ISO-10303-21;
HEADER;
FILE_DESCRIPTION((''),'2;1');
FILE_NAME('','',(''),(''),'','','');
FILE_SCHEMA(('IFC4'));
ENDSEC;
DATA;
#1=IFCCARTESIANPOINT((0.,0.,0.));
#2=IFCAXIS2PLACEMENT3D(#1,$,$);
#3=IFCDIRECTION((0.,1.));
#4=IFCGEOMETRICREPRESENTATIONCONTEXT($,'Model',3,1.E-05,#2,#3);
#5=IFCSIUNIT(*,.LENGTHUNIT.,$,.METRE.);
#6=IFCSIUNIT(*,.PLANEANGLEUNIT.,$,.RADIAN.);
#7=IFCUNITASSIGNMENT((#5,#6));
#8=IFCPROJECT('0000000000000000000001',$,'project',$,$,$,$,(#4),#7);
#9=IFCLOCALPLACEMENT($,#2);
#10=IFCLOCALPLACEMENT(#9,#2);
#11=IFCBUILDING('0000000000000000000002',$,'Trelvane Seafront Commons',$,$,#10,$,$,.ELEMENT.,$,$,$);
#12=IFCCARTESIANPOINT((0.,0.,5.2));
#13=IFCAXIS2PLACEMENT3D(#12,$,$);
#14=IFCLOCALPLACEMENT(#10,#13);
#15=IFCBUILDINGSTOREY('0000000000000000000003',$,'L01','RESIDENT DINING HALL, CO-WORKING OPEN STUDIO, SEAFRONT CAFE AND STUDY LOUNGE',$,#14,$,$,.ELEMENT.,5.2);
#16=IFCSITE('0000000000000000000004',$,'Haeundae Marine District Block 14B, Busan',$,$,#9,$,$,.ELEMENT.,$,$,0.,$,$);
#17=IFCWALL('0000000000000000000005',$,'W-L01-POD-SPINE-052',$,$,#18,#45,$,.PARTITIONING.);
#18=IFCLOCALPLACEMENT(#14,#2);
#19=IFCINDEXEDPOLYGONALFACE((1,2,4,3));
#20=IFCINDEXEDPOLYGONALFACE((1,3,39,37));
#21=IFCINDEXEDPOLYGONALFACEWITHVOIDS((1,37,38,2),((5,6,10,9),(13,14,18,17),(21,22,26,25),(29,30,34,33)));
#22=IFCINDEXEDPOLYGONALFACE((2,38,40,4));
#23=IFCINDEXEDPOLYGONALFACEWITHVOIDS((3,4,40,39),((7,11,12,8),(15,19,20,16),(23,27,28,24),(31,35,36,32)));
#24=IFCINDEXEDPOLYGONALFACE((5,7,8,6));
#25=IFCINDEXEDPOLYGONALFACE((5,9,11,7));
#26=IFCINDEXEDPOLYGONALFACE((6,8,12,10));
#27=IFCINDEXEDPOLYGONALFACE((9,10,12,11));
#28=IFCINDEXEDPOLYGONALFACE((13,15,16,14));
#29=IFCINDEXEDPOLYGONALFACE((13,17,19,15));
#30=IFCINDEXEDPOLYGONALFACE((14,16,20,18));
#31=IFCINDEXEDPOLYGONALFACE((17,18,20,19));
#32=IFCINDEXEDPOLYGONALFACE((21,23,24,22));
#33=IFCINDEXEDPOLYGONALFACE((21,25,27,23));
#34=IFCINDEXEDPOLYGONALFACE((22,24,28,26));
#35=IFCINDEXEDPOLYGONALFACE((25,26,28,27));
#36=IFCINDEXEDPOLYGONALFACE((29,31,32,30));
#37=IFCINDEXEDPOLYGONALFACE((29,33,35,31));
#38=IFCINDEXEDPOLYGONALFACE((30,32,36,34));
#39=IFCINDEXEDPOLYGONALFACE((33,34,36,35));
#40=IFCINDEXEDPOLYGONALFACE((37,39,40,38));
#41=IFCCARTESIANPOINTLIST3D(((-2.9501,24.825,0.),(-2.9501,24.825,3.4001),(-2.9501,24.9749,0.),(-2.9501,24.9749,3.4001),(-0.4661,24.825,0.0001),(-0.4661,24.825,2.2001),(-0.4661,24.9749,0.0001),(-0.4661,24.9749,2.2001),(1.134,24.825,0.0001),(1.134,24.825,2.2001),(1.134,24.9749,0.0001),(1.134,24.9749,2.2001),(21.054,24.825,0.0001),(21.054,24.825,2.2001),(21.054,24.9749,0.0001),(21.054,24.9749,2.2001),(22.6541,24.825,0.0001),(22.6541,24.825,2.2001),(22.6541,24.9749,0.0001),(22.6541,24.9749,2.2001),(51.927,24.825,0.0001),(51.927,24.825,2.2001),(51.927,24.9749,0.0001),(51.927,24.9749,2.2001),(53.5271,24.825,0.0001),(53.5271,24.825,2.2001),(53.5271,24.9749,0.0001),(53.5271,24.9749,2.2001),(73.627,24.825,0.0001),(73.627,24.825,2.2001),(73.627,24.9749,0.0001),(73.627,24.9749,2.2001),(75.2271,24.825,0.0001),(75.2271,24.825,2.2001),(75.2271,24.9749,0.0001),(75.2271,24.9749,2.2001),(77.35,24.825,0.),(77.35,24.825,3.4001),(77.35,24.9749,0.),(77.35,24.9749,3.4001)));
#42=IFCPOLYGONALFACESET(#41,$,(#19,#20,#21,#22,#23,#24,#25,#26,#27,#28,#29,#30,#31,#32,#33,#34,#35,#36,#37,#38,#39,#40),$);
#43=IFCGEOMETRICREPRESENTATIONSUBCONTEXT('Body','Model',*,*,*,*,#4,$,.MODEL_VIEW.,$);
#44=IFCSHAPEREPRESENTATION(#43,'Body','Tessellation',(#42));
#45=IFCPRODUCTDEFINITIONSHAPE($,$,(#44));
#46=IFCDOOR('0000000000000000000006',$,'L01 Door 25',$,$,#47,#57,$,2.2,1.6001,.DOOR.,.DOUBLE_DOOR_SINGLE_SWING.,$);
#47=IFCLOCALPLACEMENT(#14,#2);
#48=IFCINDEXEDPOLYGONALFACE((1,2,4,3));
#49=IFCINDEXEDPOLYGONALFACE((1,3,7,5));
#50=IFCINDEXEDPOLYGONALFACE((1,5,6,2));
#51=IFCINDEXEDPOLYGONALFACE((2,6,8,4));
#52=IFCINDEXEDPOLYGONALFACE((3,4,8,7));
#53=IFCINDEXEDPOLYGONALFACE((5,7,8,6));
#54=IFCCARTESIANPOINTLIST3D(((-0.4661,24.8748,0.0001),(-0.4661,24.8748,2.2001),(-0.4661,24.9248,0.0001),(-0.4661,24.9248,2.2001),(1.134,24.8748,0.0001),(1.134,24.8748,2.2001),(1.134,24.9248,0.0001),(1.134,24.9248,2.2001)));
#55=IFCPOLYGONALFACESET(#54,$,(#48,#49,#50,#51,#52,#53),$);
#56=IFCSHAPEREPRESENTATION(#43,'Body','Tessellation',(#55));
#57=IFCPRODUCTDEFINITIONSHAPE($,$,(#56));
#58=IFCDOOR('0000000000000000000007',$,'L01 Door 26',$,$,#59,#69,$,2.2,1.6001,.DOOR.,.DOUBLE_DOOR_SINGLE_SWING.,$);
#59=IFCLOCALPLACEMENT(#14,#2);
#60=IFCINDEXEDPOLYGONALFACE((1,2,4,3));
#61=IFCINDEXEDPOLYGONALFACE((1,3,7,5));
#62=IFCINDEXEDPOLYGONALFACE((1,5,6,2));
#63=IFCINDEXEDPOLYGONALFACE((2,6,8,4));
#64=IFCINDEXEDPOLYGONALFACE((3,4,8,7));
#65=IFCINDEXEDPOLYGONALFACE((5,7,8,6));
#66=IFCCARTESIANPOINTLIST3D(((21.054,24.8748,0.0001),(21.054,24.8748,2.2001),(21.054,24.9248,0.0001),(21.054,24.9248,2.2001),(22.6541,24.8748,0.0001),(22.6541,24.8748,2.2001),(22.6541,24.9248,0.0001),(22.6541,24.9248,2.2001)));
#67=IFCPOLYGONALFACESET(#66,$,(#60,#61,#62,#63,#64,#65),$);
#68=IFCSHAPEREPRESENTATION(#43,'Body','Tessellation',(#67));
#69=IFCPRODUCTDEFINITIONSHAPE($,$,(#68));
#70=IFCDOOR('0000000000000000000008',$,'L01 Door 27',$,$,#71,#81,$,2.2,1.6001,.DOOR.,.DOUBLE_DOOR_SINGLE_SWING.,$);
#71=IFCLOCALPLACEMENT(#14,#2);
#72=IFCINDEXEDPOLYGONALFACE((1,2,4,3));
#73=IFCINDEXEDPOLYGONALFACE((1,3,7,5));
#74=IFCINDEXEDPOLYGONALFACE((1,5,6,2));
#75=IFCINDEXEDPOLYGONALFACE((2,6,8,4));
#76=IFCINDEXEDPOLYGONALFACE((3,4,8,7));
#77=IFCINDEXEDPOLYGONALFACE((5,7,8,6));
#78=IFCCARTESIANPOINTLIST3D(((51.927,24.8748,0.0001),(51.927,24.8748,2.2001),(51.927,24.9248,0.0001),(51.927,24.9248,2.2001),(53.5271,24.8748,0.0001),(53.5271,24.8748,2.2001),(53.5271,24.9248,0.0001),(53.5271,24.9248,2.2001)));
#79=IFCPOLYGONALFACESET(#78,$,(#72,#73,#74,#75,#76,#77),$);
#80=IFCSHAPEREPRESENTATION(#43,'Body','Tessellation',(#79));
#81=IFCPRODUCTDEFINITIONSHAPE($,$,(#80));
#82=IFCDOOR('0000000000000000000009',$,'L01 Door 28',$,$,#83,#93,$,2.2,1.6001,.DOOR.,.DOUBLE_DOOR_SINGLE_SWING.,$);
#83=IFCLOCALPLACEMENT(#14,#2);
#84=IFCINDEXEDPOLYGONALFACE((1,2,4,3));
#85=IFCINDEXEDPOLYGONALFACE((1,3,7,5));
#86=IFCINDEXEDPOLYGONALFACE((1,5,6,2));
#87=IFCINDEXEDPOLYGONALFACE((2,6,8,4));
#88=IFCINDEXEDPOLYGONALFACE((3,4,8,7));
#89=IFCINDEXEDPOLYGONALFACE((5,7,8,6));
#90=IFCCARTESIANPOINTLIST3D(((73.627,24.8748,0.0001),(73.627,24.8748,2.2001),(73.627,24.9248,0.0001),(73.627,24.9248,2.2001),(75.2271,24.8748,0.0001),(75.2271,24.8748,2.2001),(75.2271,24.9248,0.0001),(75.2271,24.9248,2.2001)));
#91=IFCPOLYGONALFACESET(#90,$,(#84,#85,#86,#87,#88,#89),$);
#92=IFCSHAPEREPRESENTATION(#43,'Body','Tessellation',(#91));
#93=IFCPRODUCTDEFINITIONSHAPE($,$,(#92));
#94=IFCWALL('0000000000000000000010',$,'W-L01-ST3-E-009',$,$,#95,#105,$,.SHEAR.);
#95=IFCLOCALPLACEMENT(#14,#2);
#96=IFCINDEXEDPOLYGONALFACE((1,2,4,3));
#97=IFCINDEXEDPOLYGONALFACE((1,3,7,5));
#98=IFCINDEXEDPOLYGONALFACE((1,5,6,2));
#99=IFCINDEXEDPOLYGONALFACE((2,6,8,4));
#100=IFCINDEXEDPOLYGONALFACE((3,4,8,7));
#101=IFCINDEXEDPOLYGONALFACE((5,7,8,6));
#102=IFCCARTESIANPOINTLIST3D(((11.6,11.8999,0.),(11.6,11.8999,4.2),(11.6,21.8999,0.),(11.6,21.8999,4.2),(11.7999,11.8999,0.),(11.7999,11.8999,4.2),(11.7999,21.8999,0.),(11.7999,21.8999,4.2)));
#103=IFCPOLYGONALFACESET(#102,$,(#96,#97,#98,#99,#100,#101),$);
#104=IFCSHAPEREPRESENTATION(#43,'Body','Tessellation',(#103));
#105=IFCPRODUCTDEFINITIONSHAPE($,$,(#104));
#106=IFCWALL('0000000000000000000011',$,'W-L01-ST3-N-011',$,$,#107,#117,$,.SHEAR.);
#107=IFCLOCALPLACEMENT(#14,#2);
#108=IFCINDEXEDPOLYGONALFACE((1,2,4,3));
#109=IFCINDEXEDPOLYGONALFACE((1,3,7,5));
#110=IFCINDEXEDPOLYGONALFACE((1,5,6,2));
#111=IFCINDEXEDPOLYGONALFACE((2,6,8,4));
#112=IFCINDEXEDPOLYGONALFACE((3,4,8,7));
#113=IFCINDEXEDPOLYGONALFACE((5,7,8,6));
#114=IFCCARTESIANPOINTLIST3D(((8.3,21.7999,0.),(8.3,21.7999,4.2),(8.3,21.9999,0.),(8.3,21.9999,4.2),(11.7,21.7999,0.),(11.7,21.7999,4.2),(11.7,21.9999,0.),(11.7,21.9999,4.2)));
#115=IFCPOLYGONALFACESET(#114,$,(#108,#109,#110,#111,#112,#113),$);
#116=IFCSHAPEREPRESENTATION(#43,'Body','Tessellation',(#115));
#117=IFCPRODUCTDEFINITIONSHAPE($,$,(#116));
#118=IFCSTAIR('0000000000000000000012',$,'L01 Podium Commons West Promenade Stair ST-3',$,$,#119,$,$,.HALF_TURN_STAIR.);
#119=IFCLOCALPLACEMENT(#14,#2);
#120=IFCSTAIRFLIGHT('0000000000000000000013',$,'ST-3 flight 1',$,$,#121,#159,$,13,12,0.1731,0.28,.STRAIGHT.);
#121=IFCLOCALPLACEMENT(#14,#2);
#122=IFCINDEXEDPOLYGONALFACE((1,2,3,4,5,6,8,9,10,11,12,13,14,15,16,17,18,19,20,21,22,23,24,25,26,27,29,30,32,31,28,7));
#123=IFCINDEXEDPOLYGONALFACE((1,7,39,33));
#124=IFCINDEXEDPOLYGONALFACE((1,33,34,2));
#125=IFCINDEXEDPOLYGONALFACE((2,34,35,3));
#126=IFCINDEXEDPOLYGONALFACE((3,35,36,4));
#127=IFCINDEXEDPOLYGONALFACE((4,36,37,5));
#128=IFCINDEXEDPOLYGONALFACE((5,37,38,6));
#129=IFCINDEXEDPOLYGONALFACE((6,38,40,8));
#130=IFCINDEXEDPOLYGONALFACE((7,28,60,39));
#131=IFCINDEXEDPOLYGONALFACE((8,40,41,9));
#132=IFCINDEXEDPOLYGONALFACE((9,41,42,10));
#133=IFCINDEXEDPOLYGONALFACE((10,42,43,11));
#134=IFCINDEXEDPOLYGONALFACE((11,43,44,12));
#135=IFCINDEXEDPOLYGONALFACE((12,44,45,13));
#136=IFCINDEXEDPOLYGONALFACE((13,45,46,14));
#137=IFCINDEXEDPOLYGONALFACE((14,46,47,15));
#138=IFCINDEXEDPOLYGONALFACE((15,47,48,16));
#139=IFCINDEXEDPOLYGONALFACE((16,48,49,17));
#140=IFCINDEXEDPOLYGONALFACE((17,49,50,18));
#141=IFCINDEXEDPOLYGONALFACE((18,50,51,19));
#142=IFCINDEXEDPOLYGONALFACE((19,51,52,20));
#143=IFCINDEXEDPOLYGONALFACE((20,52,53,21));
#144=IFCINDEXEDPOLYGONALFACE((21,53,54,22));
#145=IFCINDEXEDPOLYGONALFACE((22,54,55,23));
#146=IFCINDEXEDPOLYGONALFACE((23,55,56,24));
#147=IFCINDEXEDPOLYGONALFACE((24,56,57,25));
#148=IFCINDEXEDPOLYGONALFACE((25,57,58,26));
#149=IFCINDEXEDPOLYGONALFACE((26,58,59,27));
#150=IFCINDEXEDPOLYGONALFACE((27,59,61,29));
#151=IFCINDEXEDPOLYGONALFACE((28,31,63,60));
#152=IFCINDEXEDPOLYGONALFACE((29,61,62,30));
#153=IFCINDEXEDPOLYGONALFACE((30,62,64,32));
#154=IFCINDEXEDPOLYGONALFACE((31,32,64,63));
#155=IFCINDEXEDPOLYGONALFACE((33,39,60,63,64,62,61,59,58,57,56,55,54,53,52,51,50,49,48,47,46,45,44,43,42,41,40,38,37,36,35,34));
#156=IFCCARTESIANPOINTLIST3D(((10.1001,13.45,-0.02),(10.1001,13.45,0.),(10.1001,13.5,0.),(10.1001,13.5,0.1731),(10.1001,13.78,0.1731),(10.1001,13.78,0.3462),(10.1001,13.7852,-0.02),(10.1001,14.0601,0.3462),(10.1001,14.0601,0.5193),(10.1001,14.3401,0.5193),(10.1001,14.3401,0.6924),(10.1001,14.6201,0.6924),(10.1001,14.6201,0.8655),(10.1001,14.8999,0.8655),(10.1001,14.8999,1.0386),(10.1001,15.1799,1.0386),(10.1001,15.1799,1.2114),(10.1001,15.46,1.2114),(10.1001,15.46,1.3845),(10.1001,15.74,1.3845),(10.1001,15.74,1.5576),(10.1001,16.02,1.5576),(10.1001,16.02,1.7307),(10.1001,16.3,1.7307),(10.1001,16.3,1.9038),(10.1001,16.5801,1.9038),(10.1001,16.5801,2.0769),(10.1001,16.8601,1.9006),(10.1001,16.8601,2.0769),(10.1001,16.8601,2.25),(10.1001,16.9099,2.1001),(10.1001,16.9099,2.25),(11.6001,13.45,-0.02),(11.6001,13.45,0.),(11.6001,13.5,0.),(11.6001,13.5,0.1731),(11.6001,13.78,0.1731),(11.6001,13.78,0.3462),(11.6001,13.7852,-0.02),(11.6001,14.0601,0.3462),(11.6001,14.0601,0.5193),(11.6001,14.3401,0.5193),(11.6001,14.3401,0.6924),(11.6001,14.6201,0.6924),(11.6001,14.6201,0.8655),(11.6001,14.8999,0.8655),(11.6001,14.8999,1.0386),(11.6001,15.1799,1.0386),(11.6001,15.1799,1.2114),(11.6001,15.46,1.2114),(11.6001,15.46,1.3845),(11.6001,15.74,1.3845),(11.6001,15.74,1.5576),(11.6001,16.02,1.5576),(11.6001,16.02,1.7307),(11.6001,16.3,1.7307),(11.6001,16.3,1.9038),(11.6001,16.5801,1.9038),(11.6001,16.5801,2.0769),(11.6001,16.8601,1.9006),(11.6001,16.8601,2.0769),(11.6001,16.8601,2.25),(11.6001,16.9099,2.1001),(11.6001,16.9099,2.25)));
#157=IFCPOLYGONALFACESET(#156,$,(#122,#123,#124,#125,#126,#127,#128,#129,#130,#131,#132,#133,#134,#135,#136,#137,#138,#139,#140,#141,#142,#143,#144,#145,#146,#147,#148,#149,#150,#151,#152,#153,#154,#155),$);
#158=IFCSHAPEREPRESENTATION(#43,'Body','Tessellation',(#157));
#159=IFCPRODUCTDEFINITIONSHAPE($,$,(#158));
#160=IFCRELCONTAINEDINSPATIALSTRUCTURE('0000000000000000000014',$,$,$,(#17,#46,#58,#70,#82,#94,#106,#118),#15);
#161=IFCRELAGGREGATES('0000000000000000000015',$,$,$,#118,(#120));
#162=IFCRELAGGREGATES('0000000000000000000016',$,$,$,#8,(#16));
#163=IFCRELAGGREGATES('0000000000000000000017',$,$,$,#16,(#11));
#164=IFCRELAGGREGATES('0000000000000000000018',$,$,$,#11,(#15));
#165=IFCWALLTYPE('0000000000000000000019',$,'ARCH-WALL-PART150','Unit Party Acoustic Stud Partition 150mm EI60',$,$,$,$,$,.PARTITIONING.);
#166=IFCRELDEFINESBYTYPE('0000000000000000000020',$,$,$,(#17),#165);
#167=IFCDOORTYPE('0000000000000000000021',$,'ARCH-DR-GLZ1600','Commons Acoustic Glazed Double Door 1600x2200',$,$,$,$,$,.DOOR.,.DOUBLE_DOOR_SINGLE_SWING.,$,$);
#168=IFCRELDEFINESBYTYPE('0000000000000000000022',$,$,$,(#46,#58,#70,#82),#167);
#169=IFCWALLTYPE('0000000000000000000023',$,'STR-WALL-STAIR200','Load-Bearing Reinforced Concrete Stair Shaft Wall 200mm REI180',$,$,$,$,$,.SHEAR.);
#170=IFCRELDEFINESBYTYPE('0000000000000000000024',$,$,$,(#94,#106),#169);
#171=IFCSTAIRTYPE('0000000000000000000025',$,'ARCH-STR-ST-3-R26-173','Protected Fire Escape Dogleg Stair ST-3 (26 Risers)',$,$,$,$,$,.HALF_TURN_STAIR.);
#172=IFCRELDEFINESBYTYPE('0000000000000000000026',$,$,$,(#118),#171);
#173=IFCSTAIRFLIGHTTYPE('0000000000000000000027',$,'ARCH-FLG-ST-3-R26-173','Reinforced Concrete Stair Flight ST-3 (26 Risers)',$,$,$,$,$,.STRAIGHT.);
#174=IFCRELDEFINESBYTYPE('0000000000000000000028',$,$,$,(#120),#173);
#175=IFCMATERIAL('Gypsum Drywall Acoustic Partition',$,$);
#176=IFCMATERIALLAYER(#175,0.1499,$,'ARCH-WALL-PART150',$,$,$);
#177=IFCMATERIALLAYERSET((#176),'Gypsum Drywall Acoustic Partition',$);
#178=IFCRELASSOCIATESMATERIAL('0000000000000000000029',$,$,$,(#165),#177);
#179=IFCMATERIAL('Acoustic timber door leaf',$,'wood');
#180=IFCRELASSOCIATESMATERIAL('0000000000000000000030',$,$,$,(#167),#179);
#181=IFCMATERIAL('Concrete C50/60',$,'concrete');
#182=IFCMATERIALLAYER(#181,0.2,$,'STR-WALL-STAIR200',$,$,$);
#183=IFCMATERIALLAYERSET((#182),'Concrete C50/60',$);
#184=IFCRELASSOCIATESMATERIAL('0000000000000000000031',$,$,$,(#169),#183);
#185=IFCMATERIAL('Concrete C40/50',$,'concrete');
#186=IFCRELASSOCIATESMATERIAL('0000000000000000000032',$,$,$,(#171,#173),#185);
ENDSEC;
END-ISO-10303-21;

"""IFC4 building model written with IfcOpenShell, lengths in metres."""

from ifc_helpers import new_model, si_unit, direction, frame, frame_2d, origin, place, context, subcontext, project, spatial, polyline, rectangle, outline, extrude, source, transform, mapped, material, layer, layer_set, type_object, element, fill, aggregate, save


model = new_model("IFC4")

# Units and contexts
model_context = context("Model", 3, precision=1e-05, world=origin(), true_north=direction((0.0, 1.0)))
body_context = subcontext(model_context, "Body", "Model", "MODEL_VIEW")
ifc_project = project(units=[si_unit("LENGTHUNIT", "METRE"), si_unit("PLANEANGLEUNIT", "RADIAN")], contexts=[model_context])

# Site, building, storey
site_placement = place(None, origin())
site = spatial("IfcSite", under=ifc_project, at=site_placement, Name="Haeundae Marine District Block 14B, Busan", CompositionType="ELEMENT", RefElevation=0.0)
building_placement = place(site_placement, origin())
building = spatial("IfcBuilding", under=site, at=building_placement, Name="Trelvane Seafront Commons", CompositionType="ELEMENT")
storey_placement = place(building_placement, frame((0.0, 0.0, 5.2)))
storey = spatial("IfcBuildingStorey", under=building, at=storey_placement, Name="L01", Description="RESIDENT DINING HALL, CO-WORKING OPEN STUDIO, SEAFRONT CAFE AND STUDY LOUNGE", CompositionType="ELEMENT", Elevation=5.2)

# Shared definitions
ifc_material_1 = material(Name="Concrete C50/60", Category="concrete")

# Wall, openings, doors
ifc_material_2 = material(Name="Gypsum Drywall Acoustic Partition")
ifc_layer_1 = layer(ifc_material_2, 0.1499, Name="ARCH-WALL-PART150")
ifc_layer_set_1 = layer_set([ifc_layer_1], Name="Gypsum Drywall Acoustic Partition")
wall_type_1 = type_object("IfcWallType", Name="ARCH-WALL-PART150", Description="Unit Party Acoustic Stud Partition 150mm EI60", PredefinedType="PARTITIONING", material=ifc_layer_set_1)
wall_1_placement = place(storey_placement, frame((-2.95, 24.8999, 0.0), z_axis=(0.0, 0.0, 1.0), x_axis=(1.0, 0.0, 0.0)))
wall_1 = element("IfcWall", 1, at=wall_1_placement, inside=storey, type_object=wall_type_1, Name="W-L01-POD-SPINE-052", PredefinedType="PARTITIONING", context=body_context, shape_type="SweptSolid", body=[
    extrude(rectangle(XDim=80.3, YDim=0.1499, at=frame_2d((40.1499, 0.0))), origin(), (0.0, 0.0, 1.0), 3.4001),
])
opening_1_placement = place(wall_1_placement, frame((2.4839, 0.0, 0.0)))
opening_1 = element("IfcOpeningElement", 2, at=opening_1_placement, cuts=wall_1, PredefinedType="OPENING", context=body_context, shape_type="SweptSolid", body=[
    extrude(rectangle(XDim=1.6001, YDim=2.2, at=frame_2d((0.8, 1.1001))), frame((0.0, 0.085, 0.0), z_axis=(0.0, -1.0, 0.0), x_axis=(1.0, 0.0, 0.0)), (0.0, 0.0, 1.0), 0.1699),
])
opening_2_placement = place(wall_1_placement, frame((24.0039, 0.0, 0.0)))
opening_2 = element("IfcOpeningElement", 3, at=opening_2_placement, cuts=wall_1, PredefinedType="OPENING", context=body_context, shape_type="SweptSolid", body=[
    extrude(rectangle(XDim=1.6001, YDim=2.2, at=frame_2d((0.8, 1.1001))), frame((0.0, 0.085, 0.0), z_axis=(0.0, -1.0, 0.0), x_axis=(1.0, 0.0, 0.0)), (0.0, 0.0, 1.0), 0.1699),
])
opening_3_placement = place(wall_1_placement, frame((54.877, 0.0, 0.0)))
opening_3 = element("IfcOpeningElement", 4, at=opening_3_placement, cuts=wall_1, PredefinedType="OPENING", context=body_context, shape_type="SweptSolid", body=[
    extrude(rectangle(XDim=1.6001, YDim=2.2, at=frame_2d((0.8, 1.1001))), frame((0.0, 0.085, 0.0), z_axis=(0.0, -1.0, 0.0), x_axis=(1.0, 0.0, 0.0)), (0.0, 0.0, 1.0), 0.1699),
])
opening_4_placement = place(wall_1_placement, frame((76.5769, 0.0, 0.0)))
opening_4 = element("IfcOpeningElement", 5, at=opening_4_placement, cuts=wall_1, PredefinedType="OPENING", context=body_context, shape_type="SweptSolid", body=[
    extrude(rectangle(XDim=1.6001, YDim=2.2, at=frame_2d((0.8, 1.1001))), frame((0.0, 0.085, 0.0), z_axis=(0.0, -1.0, 0.0), x_axis=(1.0, 0.0, 0.0)), (0.0, 0.0, 1.0), 0.1699),
])
ifc_material_3 = material(Name="Acoustic timber door leaf", Category="wood")
door_type_1 = type_object("IfcDoorType", Name="ARCH-DR-GLZ1600", Description="Commons Acoustic Glazed Double Door 1600x2200", OperationType="DOUBLE_DOOR_SINGLE_SWING", PredefinedType="DOOR", material=ifc_material_3)
shared_shape_1 = source(origin(), body_context, "Body", "SweptSolid", [
    extrude(rectangle(XDim=1.6001, YDim=2.2, at=frame_2d((0.8, 1.1001))), frame((0.0, 0.0249, 0.0), z_axis=(0.0, -1.0, 0.0), x_axis=(1.0, 0.0, 0.0)), (0.0, 0.0, 1.0), 0.05),
])
door_1_placement = place(opening_1_placement, origin())
door_1 = element("IfcDoor", 6, at=door_1_placement, inside=storey, type_object=door_type_1, Name="L01 Door 25", OperationType="DOUBLE_DOOR_SINGLE_SWING", OverallHeight=2.2, OverallWidth=1.6001, PredefinedType="DOOR", context=body_context, shape_type="MappedRepresentation", body=[
    mapped(shared_shape_1, transform((0.0, 0.0, 0.0), x_axis=(1.0, 0.0, 0.0), y_axis=(0.0, 1.0, 0.0), z_axis=(0.0, 0.0, 1.0), scale=1.0)),
])
fill(opening_1, door_1)
door_2_placement = place(opening_2_placement, origin())
door_2 = element("IfcDoor", 7, at=door_2_placement, inside=storey, type_object=door_type_1, Name="L01 Door 26", OperationType="DOUBLE_DOOR_SINGLE_SWING", OverallHeight=2.2, OverallWidth=1.6001, PredefinedType="DOOR", context=body_context, shape_type="MappedRepresentation", body=[
    mapped(shared_shape_1, transform((0.0, 0.0, 0.0), x_axis=(1.0, 0.0, 0.0), y_axis=(0.0, 1.0, 0.0), z_axis=(0.0, 0.0, 1.0), scale=1.0)),
])
fill(opening_2, door_2)
door_3_placement = place(opening_3_placement, origin())
door_3 = element("IfcDoor", 8, at=door_3_placement, inside=storey, type_object=door_type_1, Name="L01 Door 27", OperationType="DOUBLE_DOOR_SINGLE_SWING", OverallHeight=2.2, OverallWidth=1.6001, PredefinedType="DOOR", context=body_context, shape_type="MappedRepresentation", body=[
    mapped(shared_shape_1, transform((0.0, 0.0, 0.0), x_axis=(1.0, 0.0, 0.0), y_axis=(0.0, 1.0, 0.0), z_axis=(0.0, 0.0, 1.0), scale=1.0)),
])
fill(opening_3, door_3)
door_4_placement = place(opening_4_placement, origin())
door_4 = element("IfcDoor", 9, at=door_4_placement, inside=storey, type_object=door_type_1, Name="L01 Door 28", OperationType="DOUBLE_DOOR_SINGLE_SWING", OverallHeight=2.2, OverallWidth=1.6001, PredefinedType="DOOR", context=body_context, shape_type="MappedRepresentation", body=[
    mapped(shared_shape_1, transform((0.0, 0.0, 0.0), x_axis=(1.0, 0.0, 0.0), y_axis=(0.0, 1.0, 0.0), z_axis=(0.0, 0.0, 1.0), scale=1.0)),
])
fill(opening_4, door_4)

# Wall
ifc_layer_2 = layer(ifc_material_1, 0.2, Name="STR-WALL-STAIR200")
ifc_layer_set_2 = layer_set([ifc_layer_2], Name="Concrete C50/60")
wall_type_2 = type_object("IfcWallType", Name="STR-WALL-STAIR200", Description="Load-Bearing Reinforced Concrete Stair Shaft Wall 200mm REI180", PredefinedType="SHEAR", material=ifc_layer_set_2)
wall_2_placement = place(storey_placement, frame((11.7, 11.8999, 0.0), z_axis=(0.0, 0.0, 1.0), x_axis=(0.0, 1.0, 0.0)))
element("IfcWall", 10, at=wall_2_placement, inside=storey, type_object=wall_type_2, Name="W-L01-ST3-E-009", PredefinedType="SHEAR", context=body_context, shape_type="SweptSolid", body=[
    extrude(rectangle(XDim=10.0, YDim=0.2, at=frame_2d((5.0, 0.0))), origin(), (0.0, 0.0, 1.0), 4.2),
])

# Wall
wall_3_placement = place(storey_placement, frame((8.3, 21.8999, 0.0), z_axis=(0.0, 0.0, 1.0), x_axis=(1.0, 0.0, 0.0)))
element("IfcWall", 11, at=wall_3_placement, inside=storey, type_object=wall_type_2, Name="W-L01-ST3-N-011", PredefinedType="SHEAR", context=body_context, shape_type="SweptSolid", body=[
    extrude(rectangle(XDim=3.3999, YDim=0.2, at=frame_2d((1.7, 0.0))), origin(), (0.0, 0.0, 1.0), 4.2),
])

# Stair, stair flight
ifc_material_4 = material(Name="Concrete C40/50", Category="concrete")
stair_type = type_object("IfcStairType", Name="ARCH-STR-ST-3-R26-173", Description="Protected Fire Escape Dogleg Stair ST-3 (26 Risers)", PredefinedType="HALF_TURN_STAIR", material=ifc_material_4)
stair_placement = place(storey_placement, origin())
stair = element("IfcStair", 12, at=stair_placement, inside=storey, type_object=stair_type, Name="L01 Podium Commons West Promenade Stair ST-3", PredefinedType="HALF_TURN_STAIR")
stair_flight_type = type_object("IfcStairFlightType", Name="ARCH-FLG-ST-3-R26-173", Description="Reinforced Concrete Stair Flight ST-3 (26 Risers)", PredefinedType="STRAIGHT", material=ifc_material_4)
shared_shape_2 = source(origin(), body_context, "Body", "SweptSolid", [
    extrude(outline(polyline([(-0.05, -0.02), (-0.05, 0.0), (0.0, 0.0), (0.0, 0.1731), (0.28, 0.1731), (0.28, 0.3462), (0.5601, 0.3462), (0.5601, 0.5193), (0.8401, 0.5193), (0.8401, 0.6924), (1.1201, 0.6924), (1.1201, 0.8655), (1.3999, 0.8655), (1.3999, 1.0386), (1.6799, 1.0386), (1.6799, 1.2114), (1.96, 1.2114), (1.96, 1.3845), (2.24, 1.3845), (2.24, 1.5576), (2.52, 1.5576), (2.52, 1.7307), (2.8, 1.7307), (2.8, 1.9038), (3.0801, 1.9038), (3.0801, 2.0769), (3.3601, 2.0769), (3.3601, 2.25), (3.4099, 2.25), (3.4099, 2.1001), (3.3601, 1.9006), (0.2852, -0.02), (-0.05, -0.02)])), frame((0.0, 0.75, 0.0), z_axis=(0.0, -1.0, 0.0), x_axis=(1.0, 0.0, 0.0)), (0.0, 0.0, 1.0), 1.5),
])
stair_flight_1_placement = place(storey_placement, frame((10.8501, 13.5, 0.0), z_axis=(0.0, 0.0, 1.0), x_axis=(0.0, 1.0, 0.0)))
stair_flight_1 = element("IfcStairFlight", 13, at=stair_flight_1_placement, type_object=stair_flight_type, Name="ST-3 flight 1", NumberOfRisers=13, NumberOfTreads=12, PredefinedType="STRAIGHT", RiserHeight=0.1731, TreadLength=0.28, context=body_context, shape_type="MappedRepresentation", body=[
    mapped(shared_shape_2, transform((0.0, 0.0, 0.0), x_axis=(1.0, 0.0, 0.0), y_axis=(0.0, 1.0, 0.0), z_axis=(0.0, 0.0, 1.0), scale=1.0)),
])
aggregate(stair, [stair_flight_1])

save(model, "model.ifc")
